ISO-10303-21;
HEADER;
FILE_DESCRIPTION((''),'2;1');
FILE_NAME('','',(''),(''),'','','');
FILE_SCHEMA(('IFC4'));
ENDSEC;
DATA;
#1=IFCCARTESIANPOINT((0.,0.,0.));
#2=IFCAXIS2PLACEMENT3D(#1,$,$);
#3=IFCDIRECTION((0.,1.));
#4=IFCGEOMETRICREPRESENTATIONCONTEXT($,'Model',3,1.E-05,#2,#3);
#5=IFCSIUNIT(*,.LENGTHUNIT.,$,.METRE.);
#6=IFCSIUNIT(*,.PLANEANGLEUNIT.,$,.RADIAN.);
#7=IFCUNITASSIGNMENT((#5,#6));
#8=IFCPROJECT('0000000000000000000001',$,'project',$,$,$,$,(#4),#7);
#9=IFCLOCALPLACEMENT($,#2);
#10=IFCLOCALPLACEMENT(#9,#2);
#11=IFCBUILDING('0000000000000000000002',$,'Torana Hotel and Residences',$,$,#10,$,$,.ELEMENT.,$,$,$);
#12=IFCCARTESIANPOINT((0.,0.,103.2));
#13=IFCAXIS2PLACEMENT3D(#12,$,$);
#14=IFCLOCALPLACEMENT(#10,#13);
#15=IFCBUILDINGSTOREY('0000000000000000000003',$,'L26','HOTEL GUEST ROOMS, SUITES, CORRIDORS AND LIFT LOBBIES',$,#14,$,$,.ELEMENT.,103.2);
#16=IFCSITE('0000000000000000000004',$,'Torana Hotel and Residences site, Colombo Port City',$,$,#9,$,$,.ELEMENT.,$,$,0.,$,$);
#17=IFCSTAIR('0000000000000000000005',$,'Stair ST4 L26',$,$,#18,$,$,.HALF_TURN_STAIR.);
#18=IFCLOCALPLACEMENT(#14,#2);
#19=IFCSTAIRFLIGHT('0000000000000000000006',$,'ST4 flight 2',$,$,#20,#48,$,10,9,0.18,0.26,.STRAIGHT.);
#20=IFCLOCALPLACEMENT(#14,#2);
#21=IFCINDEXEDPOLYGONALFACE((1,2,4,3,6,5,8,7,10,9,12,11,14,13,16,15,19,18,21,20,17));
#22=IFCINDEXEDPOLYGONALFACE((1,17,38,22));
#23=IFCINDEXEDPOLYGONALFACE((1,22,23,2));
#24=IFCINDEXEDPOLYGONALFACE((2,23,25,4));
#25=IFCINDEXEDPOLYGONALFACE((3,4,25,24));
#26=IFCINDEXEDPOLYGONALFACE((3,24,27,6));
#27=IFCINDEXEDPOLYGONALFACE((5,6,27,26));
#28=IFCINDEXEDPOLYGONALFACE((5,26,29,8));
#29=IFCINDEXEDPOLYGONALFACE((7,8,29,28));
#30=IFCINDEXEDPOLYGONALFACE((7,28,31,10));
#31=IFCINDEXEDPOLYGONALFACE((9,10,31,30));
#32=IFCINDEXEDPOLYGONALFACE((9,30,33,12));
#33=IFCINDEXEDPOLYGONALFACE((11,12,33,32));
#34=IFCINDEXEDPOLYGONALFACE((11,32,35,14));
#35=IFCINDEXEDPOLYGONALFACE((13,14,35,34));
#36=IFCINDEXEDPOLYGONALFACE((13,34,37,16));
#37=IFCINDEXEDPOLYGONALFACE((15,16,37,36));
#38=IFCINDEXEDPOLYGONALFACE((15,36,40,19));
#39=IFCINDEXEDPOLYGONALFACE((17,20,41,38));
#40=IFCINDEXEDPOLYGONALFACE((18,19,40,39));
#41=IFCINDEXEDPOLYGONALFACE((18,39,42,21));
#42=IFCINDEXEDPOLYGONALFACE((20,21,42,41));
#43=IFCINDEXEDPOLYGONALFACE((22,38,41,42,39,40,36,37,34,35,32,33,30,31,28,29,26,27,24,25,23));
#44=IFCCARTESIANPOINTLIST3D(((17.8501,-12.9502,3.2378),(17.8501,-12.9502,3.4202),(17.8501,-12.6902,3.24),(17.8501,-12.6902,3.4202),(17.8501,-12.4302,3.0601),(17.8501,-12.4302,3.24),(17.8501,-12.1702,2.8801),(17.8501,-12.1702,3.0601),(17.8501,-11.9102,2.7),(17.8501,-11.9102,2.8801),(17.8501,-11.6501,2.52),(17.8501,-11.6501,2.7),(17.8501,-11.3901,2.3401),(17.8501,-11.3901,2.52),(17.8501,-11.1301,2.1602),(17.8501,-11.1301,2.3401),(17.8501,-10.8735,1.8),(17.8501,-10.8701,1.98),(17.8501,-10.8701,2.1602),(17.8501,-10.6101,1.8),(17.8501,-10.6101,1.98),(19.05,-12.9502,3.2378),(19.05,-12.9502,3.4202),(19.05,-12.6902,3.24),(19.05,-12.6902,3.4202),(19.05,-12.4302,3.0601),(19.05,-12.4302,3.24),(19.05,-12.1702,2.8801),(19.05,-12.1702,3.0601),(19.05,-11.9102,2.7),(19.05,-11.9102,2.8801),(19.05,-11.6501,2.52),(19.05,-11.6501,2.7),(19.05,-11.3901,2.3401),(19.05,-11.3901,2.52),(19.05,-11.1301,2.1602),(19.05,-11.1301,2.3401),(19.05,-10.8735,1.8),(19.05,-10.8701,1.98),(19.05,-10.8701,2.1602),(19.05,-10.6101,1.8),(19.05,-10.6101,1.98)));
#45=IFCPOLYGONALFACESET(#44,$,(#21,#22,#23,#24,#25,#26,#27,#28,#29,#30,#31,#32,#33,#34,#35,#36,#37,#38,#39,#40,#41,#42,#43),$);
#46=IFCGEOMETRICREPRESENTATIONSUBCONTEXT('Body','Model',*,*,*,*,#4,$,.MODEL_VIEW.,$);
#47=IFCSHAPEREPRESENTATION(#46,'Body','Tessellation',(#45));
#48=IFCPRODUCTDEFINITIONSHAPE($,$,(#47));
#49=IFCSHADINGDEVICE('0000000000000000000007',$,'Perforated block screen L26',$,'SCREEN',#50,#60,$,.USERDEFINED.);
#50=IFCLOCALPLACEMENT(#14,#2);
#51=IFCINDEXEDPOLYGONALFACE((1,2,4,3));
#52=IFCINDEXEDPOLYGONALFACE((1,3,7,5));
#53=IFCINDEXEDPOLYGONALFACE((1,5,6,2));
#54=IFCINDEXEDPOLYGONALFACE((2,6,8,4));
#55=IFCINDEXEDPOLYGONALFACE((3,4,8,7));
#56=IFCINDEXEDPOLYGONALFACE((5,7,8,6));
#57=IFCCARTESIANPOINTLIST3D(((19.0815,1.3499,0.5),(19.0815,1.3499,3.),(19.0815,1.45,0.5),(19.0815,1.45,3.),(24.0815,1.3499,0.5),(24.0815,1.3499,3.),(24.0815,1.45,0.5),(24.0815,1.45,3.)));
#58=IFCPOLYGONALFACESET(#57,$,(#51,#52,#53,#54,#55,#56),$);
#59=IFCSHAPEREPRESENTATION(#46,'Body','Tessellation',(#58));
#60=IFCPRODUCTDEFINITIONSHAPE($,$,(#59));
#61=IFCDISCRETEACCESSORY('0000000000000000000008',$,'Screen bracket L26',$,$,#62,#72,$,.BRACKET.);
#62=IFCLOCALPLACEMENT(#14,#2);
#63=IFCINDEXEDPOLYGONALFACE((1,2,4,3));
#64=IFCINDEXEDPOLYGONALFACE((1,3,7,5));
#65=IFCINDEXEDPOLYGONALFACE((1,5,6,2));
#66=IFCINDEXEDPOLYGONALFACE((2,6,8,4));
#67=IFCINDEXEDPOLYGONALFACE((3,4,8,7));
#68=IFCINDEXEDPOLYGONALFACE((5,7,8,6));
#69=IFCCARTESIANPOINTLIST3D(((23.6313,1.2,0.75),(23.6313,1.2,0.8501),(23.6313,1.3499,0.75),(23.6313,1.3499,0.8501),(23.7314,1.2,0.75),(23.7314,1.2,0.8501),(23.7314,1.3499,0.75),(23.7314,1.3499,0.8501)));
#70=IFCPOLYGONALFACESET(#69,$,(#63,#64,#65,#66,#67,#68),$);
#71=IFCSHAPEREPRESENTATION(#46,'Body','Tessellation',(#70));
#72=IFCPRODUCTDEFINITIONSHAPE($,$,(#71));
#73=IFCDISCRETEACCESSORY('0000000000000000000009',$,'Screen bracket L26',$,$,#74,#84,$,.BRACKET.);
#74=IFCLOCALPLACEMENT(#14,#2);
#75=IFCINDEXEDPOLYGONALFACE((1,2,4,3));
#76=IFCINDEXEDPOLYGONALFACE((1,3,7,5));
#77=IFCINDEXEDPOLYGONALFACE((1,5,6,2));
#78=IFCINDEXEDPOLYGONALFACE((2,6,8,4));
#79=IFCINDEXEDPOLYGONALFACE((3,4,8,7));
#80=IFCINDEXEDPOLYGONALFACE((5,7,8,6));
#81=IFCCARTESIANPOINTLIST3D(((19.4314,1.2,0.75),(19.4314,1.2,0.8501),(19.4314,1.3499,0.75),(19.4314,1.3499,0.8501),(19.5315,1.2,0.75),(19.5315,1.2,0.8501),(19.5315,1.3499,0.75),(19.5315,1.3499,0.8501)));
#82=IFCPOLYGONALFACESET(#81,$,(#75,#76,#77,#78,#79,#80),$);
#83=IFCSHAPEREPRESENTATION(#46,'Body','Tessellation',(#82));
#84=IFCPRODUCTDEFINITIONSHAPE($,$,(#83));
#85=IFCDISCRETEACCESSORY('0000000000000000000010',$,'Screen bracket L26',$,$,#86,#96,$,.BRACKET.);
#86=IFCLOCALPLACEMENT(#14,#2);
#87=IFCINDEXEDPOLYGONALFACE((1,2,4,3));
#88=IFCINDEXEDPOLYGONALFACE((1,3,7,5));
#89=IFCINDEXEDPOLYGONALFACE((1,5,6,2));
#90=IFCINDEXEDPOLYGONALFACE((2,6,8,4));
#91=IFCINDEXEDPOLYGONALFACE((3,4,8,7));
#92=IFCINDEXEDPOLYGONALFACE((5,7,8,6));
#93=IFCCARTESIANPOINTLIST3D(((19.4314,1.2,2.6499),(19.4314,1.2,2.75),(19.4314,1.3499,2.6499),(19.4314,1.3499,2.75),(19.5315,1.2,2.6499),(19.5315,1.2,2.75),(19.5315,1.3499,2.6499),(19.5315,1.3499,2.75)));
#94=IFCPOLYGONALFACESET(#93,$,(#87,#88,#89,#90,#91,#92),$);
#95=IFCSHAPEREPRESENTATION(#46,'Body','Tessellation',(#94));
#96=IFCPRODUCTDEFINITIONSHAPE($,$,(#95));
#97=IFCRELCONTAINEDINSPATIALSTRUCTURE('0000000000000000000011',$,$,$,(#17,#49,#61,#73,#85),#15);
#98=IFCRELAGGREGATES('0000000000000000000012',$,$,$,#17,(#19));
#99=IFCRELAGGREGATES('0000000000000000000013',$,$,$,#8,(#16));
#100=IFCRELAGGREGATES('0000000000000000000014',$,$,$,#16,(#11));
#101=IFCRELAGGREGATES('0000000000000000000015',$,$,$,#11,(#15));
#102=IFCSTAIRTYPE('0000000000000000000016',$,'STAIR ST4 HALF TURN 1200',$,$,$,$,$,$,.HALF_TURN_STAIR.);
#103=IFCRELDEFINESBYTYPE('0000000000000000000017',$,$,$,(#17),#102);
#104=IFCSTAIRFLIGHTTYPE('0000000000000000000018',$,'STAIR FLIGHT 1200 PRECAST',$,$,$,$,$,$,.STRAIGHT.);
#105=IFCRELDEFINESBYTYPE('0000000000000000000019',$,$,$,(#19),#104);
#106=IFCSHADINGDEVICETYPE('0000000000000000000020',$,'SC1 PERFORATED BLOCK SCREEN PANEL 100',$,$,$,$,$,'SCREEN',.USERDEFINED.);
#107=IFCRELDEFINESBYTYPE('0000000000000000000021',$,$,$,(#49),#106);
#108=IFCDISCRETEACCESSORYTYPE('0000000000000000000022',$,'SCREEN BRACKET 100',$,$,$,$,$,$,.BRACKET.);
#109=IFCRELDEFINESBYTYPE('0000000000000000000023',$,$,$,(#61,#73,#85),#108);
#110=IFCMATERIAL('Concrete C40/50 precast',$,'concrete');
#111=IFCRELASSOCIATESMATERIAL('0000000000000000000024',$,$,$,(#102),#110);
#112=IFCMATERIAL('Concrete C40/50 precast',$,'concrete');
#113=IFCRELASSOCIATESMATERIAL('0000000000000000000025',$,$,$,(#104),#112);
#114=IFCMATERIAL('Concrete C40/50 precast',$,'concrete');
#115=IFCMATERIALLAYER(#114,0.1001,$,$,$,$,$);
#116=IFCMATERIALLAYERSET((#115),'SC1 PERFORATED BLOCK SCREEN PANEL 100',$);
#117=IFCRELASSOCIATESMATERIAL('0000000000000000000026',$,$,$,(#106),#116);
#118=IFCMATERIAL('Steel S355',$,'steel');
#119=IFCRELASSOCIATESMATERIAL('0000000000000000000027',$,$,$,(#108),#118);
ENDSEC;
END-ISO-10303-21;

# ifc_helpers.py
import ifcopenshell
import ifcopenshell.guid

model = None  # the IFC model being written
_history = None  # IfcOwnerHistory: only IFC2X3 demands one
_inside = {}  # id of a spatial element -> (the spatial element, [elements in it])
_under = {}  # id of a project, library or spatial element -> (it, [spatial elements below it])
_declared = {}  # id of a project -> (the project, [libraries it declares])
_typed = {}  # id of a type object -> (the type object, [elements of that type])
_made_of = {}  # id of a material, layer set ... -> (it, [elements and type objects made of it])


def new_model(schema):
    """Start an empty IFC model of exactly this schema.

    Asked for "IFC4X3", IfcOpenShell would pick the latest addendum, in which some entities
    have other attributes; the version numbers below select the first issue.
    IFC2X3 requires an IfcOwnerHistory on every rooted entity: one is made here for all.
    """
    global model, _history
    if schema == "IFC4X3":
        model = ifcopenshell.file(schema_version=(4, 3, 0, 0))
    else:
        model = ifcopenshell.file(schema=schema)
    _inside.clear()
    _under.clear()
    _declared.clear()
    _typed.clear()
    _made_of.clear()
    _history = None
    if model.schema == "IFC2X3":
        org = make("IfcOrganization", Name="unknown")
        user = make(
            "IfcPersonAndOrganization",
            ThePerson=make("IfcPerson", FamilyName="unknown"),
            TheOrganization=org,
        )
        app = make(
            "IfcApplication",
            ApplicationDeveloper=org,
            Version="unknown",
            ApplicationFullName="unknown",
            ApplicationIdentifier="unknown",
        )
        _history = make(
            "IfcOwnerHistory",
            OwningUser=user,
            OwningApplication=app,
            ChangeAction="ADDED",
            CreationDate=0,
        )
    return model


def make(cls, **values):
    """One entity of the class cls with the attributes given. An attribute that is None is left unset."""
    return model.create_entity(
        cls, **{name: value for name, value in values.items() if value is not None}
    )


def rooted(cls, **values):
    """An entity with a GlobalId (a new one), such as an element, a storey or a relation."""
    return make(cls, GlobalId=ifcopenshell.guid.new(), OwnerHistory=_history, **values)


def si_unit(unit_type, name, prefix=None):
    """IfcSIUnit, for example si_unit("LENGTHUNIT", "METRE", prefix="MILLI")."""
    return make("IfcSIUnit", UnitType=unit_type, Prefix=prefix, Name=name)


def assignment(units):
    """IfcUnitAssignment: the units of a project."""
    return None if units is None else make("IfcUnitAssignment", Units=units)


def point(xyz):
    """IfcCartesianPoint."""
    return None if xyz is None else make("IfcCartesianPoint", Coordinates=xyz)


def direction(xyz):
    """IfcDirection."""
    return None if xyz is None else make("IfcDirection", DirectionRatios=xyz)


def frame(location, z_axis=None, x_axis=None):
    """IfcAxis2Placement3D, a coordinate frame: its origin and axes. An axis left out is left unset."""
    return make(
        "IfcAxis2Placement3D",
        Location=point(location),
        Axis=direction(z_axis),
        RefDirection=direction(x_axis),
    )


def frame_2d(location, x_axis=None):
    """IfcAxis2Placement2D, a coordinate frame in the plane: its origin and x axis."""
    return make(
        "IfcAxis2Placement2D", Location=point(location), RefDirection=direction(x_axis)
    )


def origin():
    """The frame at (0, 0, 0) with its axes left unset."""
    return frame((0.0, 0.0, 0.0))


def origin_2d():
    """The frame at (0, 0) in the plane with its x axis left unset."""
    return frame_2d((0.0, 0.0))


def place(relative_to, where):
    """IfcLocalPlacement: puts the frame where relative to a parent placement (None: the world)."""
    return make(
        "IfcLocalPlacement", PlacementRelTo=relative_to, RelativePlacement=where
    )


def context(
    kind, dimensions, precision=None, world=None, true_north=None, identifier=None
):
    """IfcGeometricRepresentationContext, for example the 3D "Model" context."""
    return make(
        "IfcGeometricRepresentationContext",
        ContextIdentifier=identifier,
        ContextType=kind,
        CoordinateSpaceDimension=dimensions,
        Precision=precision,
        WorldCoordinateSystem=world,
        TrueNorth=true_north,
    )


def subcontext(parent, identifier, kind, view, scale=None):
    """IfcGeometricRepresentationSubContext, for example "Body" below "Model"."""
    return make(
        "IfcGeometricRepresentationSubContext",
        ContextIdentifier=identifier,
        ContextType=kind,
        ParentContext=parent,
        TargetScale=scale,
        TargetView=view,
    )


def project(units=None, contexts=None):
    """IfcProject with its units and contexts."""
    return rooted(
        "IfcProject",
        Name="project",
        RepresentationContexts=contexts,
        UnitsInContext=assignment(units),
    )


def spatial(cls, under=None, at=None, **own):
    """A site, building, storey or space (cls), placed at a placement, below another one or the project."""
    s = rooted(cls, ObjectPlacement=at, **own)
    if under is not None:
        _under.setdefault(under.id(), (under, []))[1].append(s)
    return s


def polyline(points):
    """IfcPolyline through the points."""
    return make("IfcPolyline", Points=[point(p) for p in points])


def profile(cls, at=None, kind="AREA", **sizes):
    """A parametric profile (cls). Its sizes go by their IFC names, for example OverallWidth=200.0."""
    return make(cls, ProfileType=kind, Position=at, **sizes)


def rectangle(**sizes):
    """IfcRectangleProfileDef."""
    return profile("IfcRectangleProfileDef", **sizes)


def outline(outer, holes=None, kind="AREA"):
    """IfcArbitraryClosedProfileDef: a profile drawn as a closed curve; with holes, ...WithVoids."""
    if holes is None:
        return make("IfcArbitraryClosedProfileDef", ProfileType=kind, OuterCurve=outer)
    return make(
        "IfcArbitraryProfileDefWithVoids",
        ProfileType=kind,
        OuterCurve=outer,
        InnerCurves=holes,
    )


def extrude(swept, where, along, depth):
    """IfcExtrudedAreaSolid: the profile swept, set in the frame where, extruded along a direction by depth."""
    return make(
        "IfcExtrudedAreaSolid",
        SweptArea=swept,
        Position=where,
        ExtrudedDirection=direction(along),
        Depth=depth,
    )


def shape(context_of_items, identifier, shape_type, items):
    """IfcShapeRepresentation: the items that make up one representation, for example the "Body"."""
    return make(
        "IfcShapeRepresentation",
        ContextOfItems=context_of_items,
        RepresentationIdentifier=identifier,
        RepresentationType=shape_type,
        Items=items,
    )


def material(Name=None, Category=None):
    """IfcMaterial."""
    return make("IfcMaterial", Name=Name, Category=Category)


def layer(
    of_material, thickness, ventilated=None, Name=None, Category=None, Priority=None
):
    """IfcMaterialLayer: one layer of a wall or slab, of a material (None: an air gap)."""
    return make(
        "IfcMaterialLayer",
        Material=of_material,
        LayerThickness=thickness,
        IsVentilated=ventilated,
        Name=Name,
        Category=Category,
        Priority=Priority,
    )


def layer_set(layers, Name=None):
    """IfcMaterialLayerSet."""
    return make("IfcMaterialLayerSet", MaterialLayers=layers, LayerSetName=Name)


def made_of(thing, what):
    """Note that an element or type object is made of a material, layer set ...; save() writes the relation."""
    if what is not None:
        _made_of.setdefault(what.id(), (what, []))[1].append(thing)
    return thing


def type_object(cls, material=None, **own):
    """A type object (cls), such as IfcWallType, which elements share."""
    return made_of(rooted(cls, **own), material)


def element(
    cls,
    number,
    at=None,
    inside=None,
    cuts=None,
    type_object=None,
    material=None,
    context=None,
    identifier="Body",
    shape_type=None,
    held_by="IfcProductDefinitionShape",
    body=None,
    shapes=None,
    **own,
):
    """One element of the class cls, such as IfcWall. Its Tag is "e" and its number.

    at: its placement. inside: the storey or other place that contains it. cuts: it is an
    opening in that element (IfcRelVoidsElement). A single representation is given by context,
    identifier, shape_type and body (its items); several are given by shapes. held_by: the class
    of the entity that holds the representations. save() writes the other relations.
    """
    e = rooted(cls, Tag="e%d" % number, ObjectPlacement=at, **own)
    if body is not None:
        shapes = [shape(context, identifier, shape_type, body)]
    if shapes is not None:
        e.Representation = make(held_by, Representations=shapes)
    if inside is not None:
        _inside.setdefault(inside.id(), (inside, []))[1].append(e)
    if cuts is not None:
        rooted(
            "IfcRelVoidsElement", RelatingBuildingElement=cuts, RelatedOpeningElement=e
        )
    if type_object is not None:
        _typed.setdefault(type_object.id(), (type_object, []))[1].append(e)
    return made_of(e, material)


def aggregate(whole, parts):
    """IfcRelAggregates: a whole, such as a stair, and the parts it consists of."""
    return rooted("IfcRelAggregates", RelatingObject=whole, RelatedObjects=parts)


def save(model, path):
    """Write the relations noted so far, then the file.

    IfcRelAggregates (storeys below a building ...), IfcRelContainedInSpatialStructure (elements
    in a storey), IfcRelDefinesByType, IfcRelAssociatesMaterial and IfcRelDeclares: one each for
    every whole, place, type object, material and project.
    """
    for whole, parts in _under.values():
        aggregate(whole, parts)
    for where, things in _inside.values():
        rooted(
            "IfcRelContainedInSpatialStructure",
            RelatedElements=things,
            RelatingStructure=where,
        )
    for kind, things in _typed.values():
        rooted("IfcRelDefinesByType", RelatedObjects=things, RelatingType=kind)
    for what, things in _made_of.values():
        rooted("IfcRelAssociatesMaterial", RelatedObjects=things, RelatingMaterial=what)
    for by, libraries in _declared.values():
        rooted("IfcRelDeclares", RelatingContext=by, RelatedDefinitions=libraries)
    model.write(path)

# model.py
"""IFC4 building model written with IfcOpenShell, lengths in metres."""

from ifc_helpers import new_model, si_unit, direction, frame, origin, origin_2d, place, context, subcontext, project, spatial, polyline, rectangle, outline, extrude, material, layer, layer_set, type_object, element, aggregate, save


model = new_model("IFC4")

# Units and contexts
model_context = context("Model", 3, precision=1e-05, world=origin(), true_north=direction((0.0, 1.0)))
body_context = subcontext(model_context, "Body", "Model", "MODEL_VIEW")
ifc_project = project(units=[si_unit("LENGTHUNIT", "METRE"), si_unit("PLANEANGLEUNIT", "RADIAN")], contexts=[model_context])

# Site, building, storey
site_placement = place(None, origin())
site = spatial("IfcSite", under=ifc_project, at=site_placement, Name="Torana Hotel and Residences site, Colombo Port City", CompositionType="ELEMENT", RefElevation=0.0)
building_placement = place(site_placement, origin())
building = spatial("IfcBuilding", under=site, at=building_placement, Name="Torana Hotel and Residences", CompositionType="ELEMENT")
storey_placement = place(building_placement, frame((0.0, 0.0, 103.2)))
storey = spatial("IfcBuildingStorey", under=building, at=storey_placement, Name="L26", Description="HOTEL GUEST ROOMS, SUITES, CORRIDORS AND LIFT LOBBIES", CompositionType="ELEMENT", Elevation=103.2)

# Stair, stair flight
ifc_material_1 = material(Name="Concrete C40/50 precast", Category="concrete")
stair_type = type_object("IfcStairType", Name="STAIR ST4 HALF TURN 1200", PredefinedType="HALF_TURN_STAIR", material=ifc_material_1)
stair_placement = place(storey_placement, origin())
stair = element("IfcStair", 1, at=stair_placement, inside=storey, type_object=stair_type, Name="Stair ST4 L26", PredefinedType="HALF_TURN_STAIR")
ifc_material_2 = material(Name="Concrete C40/50 precast", Category="concrete")
stair_flight_type = type_object("IfcStairFlightType", Name="STAIR FLIGHT 1200 PRECAST", PredefinedType="STRAIGHT", material=ifc_material_2)
stair_flight_1_placement = place(storey_placement, frame((18.45, -10.6101, 1.8), z_axis=(0.0, 0.0, 1.0), x_axis=(0.0, -1.0, 0.0)))
stair_flight_1 = element("IfcStairFlight", 2, at=stair_flight_1_placement, type_object=stair_flight_type, Name="ST4 flight 2", NumberOfRisers=10, NumberOfTreads=9, PredefinedType="STRAIGHT", RiserHeight=0.18, TreadLength=0.26, context=body_context, shape_type="SweptSolid", body=[
    extrude(outline(polyline([(0.0, 0.0), (0.0, 0.1799), (0.26, 0.1799), (0.26, 0.3601), (0.52, 0.3601), (0.52, 0.54), (0.78, 0.54), (0.78, 0.72), (1.04, 0.72), (1.04, 0.8999), (1.3, 0.8999), (1.3, 1.0801), (1.5601, 1.0801), (1.5601, 1.26), (1.8201, 1.26), (1.8201, 1.4399), (2.0801, 1.4399), (2.0801, 1.6201), (2.3401, 1.6201), (2.3401, 1.8), (2.3401, 1.4377), (0.2634, 0.0), (0.0, 0.0)])), frame((0.0, 0.6001, 0.0), z_axis=(0.0, -1.0, 0.0), x_axis=(1.0, 0.0, 0.0)), (0.0, 0.0, 1.0), 1.2),
])
aggregate(stair, [stair_flight_1])

# Shading device
ifc_material_3 = material(Name="Concrete C40/50 precast", Category="concrete")
ifc_layer_1 = layer(ifc_material_3, 0.1001)
ifc_layer_set_1 = layer_set([ifc_layer_1], Name="SC1 PERFORATED BLOCK SCREEN PANEL 100")
shading_device_type = type_object("IfcShadingDeviceType", Name="SC1 PERFORATED BLOCK SCREEN PANEL 100", ElementType="SCREEN", PredefinedType="USERDEFINED", material=ifc_layer_set_1)
shading_device_placement = place(storey_placement, frame((21.5815, 1.3999, 0.5), z_axis=(0.0, 0.0, 1.0), x_axis=(-1.0, 0.0, 0.0)))
element("IfcShadingDevice", 3, at=shading_device_placement, inside=storey, type_object=shading_device_type, Name="Perforated block screen L26", ObjectType="SCREEN", PredefinedType="USERDEFINED", context=body_context, shape_type="SweptSolid", body=[
    extrude(rectangle(XDim=5.0, YDim=0.1001, at=origin_2d()), origin(), (0.0, 0.0, 1.0), 2.5),
])

# Discrete accessories
ifc_material_4 = material(Name="Steel S355", Category="steel")
discrete_accessory_type = type_object("IfcDiscreteAccessoryType", Name="SCREEN BRACKET 100", PredefinedType="BRACKET", material=ifc_material_4)
for number, where, z_axis, x_axis, name in (
    (4, (23.6814, 1.2749, 0.75), (0.0, 0.0, 1.0), (-1.0, 0.0, 0.0), "Screen bracket L26"),
    (5, (19.4814, 1.2749, 0.75), (0.0, 0.0, 1.0), (-1.0, 0.0, 0.0), "Screen bracket L26"),
    (6, (19.4814, 1.2749, 2.6499), (0.0, 0.0, 1.0), (-1.0, 0.0, 0.0), "Screen bracket L26"),
):
    element("IfcDiscreteAccessory", number, at=place(storey_placement, frame(where, z_axis=z_axis, x_axis=x_axis)), inside=storey, type_object=discrete_accessory_type, Name=name, PredefinedType="BRACKET", context=body_context, shape_type="SweptSolid", body=[
        extrude(rectangle(XDim=0.1001, YDim=0.1499, at=origin_2d()), origin(), (0.0, 0.0, 1.0), 0.1001),
    ])

save(model, "model.ifc")
